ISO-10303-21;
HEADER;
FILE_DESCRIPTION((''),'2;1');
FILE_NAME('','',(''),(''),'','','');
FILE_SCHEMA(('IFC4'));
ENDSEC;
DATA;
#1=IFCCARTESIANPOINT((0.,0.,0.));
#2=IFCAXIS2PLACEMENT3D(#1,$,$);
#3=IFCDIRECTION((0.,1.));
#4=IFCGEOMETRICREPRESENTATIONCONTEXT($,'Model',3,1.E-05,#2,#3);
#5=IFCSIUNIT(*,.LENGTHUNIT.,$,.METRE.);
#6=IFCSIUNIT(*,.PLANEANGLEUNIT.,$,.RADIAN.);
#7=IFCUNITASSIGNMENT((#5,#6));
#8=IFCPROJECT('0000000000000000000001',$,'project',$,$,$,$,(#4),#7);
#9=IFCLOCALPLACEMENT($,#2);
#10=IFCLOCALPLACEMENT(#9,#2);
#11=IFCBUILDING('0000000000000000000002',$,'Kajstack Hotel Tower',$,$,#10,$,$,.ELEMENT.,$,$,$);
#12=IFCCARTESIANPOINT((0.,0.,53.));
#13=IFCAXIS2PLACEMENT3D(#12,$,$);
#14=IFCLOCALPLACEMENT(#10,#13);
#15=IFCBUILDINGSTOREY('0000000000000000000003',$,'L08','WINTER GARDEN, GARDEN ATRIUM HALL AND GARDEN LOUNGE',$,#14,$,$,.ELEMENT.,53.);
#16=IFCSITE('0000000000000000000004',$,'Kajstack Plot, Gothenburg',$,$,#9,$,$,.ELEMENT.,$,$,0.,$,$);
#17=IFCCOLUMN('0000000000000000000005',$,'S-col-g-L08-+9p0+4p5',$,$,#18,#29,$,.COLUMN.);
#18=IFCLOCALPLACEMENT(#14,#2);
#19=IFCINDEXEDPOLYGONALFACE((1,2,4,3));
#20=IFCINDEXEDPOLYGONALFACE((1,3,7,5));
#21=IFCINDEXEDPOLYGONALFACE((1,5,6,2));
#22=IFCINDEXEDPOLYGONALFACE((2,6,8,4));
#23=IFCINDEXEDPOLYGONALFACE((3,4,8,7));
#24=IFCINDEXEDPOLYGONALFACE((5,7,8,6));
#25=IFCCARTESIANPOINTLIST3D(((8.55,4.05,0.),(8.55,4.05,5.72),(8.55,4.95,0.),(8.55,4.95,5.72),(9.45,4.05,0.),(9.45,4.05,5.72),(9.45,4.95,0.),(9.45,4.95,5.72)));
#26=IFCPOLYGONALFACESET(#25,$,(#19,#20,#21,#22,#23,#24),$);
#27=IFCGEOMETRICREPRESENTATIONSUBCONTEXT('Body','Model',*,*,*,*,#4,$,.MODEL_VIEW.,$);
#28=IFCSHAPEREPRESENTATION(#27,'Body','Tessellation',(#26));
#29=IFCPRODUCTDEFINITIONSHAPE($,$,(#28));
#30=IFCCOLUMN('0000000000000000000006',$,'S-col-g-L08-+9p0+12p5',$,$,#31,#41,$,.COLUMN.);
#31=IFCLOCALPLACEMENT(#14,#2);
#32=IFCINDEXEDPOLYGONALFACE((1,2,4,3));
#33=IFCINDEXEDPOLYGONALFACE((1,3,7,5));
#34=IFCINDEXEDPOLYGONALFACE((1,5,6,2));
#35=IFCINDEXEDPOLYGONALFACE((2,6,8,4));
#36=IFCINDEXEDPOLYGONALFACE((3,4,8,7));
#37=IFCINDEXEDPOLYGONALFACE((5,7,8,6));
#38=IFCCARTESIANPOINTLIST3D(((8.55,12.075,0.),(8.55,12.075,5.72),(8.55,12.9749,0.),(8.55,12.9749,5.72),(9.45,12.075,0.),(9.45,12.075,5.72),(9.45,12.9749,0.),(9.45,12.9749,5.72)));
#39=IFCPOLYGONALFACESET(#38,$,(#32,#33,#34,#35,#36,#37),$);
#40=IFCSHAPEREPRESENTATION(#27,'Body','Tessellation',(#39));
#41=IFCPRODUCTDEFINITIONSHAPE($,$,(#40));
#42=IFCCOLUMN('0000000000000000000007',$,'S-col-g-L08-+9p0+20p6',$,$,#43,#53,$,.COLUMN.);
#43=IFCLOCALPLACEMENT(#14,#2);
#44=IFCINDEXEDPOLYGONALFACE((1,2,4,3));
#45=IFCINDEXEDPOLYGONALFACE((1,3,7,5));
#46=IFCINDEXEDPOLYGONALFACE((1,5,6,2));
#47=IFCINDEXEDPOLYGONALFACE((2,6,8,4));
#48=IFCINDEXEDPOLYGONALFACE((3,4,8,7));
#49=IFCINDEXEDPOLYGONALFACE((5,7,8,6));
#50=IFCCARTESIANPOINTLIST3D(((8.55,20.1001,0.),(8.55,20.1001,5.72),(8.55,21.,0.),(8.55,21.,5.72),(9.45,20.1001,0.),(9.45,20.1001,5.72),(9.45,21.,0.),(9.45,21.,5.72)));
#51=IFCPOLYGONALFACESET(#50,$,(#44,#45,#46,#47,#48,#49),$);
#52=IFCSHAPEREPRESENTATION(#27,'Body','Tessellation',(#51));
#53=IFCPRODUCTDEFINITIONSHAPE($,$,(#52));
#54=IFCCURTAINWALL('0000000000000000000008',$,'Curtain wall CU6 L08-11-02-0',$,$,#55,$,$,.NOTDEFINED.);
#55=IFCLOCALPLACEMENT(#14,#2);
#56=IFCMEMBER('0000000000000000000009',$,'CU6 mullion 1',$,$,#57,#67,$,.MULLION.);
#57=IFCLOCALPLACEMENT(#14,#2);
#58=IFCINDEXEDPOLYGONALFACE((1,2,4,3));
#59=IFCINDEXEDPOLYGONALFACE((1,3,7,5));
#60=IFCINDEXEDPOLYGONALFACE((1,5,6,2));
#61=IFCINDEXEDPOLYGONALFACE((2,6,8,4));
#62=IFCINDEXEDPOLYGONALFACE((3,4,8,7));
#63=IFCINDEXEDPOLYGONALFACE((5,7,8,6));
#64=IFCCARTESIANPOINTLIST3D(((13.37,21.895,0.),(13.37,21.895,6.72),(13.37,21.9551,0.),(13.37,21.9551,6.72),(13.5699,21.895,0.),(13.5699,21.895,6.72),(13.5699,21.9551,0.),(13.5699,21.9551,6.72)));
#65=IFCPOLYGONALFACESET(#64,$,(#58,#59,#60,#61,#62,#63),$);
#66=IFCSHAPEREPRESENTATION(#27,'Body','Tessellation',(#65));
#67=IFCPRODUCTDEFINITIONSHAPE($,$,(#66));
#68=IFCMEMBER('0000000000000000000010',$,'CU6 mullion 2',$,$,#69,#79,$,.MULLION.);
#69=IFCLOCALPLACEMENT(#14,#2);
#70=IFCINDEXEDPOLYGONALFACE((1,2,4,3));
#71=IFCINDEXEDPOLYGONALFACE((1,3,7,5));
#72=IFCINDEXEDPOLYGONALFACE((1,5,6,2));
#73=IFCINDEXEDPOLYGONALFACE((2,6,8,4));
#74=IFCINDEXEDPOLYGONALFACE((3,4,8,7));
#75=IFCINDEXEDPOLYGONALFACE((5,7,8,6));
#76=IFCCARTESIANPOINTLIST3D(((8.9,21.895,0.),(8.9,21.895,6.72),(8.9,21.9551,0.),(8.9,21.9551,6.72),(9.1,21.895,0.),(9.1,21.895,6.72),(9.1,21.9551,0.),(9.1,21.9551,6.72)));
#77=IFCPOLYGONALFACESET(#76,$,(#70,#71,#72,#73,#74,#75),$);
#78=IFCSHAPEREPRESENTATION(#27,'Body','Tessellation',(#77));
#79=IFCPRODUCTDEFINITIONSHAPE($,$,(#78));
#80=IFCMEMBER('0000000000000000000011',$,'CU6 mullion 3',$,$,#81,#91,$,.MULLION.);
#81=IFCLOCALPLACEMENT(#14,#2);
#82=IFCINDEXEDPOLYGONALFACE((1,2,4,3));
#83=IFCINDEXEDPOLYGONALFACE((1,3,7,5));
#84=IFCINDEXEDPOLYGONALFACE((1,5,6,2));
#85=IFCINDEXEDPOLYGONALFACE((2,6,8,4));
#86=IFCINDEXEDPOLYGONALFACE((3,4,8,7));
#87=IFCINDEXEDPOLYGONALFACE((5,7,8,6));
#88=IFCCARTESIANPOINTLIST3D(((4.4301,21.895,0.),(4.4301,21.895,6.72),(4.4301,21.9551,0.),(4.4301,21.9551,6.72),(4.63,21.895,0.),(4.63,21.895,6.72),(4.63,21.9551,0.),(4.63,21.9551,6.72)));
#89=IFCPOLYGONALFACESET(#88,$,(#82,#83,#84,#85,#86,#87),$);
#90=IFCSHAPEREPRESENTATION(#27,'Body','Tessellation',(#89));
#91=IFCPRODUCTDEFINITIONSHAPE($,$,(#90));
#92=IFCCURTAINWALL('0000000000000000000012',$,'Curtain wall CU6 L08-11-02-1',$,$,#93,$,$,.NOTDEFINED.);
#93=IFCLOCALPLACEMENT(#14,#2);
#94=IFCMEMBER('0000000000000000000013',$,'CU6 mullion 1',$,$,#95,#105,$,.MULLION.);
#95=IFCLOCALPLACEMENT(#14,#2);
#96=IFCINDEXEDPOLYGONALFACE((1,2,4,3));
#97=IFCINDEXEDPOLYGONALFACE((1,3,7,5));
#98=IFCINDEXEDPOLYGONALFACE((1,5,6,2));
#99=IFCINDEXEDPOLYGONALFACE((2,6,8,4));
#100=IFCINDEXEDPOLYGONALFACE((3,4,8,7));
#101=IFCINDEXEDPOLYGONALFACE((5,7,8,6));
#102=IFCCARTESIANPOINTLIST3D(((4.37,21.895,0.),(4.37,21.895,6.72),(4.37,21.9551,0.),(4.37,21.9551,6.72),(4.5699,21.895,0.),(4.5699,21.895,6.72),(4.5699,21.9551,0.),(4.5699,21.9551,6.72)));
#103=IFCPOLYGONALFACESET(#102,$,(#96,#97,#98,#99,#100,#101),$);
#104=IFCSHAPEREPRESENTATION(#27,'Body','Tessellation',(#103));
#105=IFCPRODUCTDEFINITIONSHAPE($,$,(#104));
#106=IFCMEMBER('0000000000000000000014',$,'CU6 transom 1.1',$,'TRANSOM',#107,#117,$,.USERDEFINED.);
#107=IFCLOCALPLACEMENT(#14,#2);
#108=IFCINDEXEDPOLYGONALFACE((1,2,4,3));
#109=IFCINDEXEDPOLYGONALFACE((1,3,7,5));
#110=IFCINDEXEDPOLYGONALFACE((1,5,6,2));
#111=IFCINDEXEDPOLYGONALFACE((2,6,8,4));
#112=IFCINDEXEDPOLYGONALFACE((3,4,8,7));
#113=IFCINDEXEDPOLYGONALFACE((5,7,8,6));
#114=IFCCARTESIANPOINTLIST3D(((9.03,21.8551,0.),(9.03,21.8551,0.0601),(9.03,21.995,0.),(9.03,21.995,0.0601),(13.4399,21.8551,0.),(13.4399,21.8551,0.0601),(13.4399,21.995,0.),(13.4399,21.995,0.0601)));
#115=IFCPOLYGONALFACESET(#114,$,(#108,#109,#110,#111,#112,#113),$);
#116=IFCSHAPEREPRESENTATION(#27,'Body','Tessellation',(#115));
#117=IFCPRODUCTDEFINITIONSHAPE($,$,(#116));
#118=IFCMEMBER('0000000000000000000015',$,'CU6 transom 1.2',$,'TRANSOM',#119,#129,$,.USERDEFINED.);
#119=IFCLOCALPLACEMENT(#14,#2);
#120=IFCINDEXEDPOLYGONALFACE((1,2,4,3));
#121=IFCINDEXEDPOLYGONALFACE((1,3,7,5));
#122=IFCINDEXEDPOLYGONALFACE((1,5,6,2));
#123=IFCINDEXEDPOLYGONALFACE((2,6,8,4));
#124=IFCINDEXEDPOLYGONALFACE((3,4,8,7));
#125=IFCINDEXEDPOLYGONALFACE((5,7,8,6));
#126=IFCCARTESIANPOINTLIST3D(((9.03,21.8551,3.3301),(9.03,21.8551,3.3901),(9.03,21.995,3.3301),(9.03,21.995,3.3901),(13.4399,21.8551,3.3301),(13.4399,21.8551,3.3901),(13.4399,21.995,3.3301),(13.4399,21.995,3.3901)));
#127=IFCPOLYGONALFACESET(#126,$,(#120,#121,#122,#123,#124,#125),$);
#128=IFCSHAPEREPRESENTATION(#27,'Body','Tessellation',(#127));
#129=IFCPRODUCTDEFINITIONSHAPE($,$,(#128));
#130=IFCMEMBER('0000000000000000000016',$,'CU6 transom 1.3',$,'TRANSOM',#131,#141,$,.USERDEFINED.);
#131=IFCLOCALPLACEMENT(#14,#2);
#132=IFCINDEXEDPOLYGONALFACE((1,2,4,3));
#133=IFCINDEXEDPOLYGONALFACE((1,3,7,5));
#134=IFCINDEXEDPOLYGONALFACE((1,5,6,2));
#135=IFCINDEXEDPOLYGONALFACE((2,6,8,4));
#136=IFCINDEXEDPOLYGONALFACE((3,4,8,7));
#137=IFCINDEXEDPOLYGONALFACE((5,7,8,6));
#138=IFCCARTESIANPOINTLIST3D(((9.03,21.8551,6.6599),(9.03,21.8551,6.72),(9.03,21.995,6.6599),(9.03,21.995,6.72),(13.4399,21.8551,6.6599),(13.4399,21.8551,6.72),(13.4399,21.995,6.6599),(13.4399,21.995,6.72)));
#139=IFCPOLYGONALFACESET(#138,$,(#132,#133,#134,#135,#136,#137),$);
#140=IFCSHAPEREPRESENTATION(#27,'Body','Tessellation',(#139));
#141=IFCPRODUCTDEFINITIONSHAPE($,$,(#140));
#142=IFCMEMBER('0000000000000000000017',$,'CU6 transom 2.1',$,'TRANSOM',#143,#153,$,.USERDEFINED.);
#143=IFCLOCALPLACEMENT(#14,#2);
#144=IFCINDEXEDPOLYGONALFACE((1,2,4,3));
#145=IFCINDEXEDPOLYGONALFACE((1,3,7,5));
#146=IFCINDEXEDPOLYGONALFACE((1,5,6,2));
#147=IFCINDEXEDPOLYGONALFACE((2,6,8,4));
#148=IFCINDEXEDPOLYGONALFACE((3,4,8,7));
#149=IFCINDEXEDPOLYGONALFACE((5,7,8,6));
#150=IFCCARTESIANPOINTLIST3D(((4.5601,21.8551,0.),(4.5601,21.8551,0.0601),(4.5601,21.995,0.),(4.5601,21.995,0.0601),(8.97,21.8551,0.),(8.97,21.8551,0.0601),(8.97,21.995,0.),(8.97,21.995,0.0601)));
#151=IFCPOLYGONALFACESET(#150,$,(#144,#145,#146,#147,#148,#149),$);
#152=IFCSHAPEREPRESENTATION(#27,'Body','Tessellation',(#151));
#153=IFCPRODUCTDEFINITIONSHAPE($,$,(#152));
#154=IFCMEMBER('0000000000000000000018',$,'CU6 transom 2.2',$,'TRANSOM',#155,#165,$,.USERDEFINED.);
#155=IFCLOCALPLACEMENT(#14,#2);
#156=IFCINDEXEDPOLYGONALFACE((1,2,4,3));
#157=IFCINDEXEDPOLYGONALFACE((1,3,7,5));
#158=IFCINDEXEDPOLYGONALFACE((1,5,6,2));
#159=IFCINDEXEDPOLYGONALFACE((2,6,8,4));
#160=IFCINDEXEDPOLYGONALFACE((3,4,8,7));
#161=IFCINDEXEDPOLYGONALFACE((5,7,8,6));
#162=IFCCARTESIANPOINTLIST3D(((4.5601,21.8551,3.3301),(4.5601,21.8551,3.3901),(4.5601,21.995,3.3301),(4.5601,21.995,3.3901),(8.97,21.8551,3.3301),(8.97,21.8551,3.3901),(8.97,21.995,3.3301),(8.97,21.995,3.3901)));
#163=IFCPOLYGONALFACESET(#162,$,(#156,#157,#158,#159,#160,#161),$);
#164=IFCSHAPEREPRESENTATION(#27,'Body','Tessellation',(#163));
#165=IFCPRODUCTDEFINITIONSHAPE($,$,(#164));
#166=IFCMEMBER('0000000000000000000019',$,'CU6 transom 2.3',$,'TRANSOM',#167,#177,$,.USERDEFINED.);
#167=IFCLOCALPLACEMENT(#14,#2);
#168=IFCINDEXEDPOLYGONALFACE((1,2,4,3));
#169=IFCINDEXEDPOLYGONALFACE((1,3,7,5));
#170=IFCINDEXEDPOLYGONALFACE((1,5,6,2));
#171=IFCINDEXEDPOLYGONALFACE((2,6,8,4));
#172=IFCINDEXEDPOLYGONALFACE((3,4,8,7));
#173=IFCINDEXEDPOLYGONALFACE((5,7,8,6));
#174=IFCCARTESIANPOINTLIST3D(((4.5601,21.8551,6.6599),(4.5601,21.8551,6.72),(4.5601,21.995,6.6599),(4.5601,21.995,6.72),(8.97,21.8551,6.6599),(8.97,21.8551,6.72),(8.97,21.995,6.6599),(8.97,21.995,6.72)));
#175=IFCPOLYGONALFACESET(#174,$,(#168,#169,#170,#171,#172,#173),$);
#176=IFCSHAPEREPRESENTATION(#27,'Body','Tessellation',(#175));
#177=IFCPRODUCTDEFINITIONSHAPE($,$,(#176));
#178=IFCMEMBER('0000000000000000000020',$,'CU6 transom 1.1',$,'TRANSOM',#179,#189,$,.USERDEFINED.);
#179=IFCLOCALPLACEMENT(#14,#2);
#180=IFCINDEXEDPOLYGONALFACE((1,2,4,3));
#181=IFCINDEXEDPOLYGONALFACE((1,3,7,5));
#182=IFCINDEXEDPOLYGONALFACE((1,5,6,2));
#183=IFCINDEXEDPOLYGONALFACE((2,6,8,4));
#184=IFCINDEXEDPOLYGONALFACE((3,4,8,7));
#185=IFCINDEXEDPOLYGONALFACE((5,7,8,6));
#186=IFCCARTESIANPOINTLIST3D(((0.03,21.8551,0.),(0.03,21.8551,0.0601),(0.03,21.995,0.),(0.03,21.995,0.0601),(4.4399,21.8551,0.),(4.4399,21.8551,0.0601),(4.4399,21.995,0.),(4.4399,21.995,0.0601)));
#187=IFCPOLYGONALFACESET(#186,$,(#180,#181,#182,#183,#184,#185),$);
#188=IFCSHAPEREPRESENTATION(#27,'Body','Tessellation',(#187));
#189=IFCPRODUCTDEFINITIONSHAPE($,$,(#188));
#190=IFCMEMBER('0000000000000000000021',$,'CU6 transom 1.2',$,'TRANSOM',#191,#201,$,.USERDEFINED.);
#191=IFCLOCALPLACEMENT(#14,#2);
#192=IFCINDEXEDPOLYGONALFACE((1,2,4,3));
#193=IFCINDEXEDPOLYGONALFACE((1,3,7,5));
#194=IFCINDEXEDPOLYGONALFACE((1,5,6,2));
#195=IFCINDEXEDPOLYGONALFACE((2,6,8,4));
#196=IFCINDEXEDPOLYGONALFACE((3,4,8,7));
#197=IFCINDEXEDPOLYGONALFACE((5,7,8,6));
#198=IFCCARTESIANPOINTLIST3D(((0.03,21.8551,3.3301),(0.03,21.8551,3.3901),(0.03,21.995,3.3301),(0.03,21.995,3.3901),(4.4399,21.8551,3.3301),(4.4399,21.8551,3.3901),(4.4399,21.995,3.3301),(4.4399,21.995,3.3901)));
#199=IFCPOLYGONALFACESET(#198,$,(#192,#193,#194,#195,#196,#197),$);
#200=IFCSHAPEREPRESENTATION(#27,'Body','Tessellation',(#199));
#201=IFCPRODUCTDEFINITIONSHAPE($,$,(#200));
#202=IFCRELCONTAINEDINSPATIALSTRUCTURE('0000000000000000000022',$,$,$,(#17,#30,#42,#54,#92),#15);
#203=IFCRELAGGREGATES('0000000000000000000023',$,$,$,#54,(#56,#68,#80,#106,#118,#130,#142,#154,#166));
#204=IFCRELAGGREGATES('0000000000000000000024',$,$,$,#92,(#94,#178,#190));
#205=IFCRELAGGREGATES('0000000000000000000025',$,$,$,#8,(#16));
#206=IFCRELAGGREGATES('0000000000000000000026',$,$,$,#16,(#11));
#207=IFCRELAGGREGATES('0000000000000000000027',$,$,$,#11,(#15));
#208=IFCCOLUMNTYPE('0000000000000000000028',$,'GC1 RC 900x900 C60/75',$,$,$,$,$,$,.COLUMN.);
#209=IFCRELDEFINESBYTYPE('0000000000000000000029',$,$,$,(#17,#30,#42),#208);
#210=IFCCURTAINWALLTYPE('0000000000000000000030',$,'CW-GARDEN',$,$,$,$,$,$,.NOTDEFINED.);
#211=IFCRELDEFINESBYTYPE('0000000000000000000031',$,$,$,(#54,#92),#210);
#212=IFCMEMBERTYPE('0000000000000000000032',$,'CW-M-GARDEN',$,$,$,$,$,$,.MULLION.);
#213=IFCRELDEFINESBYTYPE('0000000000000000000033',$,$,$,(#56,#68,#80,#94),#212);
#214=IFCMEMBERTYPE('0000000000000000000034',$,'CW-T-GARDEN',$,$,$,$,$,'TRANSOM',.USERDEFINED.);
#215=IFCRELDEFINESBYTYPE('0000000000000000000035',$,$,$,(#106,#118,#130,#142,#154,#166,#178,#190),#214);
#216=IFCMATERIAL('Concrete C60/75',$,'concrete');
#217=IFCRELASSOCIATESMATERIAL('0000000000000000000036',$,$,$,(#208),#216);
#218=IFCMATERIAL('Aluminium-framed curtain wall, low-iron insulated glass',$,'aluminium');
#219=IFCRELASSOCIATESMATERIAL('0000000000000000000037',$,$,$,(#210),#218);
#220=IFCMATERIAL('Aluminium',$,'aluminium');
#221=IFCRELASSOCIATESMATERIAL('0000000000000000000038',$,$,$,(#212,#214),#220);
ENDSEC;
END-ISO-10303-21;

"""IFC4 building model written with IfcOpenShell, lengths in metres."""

from ifc_helpers import new_model, si_unit, direction, frame, origin, origin_2d, place, context, subcontext, project, spatial, rectangle, extrude, material, material_profile, profile_set, type_object, element, aggregate, save


model = new_model("IFC4")

# Units and contexts
model_context = context("Model", 3, precision=1e-05, world=origin(), true_north=direction((0.0, 1.0)))
body_context = subcontext(model_context, "Body", "Model", "MODEL_VIEW")
ifc_project = project(units=[si_unit("LENGTHUNIT", "METRE"), si_unit("PLANEANGLEUNIT", "RADIAN")], contexts=[model_context])

# Site, building, storey
site_placement = place(None, origin())
site = spatial("IfcSite", under=ifc_project, at=site_placement, Name="Kajstack Plot, Gothenburg", CompositionType="ELEMENT", RefElevation=0.0)
building_placement = place(site_placement, origin())
building = spatial("IfcBuilding", under=site, at=building_placement, Name="Kajstack Hotel Tower", CompositionType="ELEMENT")
storey_placement = place(building_placement, frame((0.0, 0.0, 53.0)))
storey = spatial("IfcBuildingStorey", under=building, at=storey_placement, Name="L08", Description="WINTER GARDEN, GARDEN ATRIUM HALL AND GARDEN LOUNGE", CompositionType="ELEMENT", Elevation=53.0)

# Columns
ifc_material_1 = material(Name="Concrete C60/75", Category="concrete")
ifc_material_profile_1 = material_profile(ifc_material_1, rectangle(XDim=0.8999, YDim=0.8999, at=origin_2d()), Name="RC 900x900")
ifc_profile_set_1 = profile_set([ifc_material_profile_1], Name="Concrete C60/75")
column_type = type_object("IfcColumnType", Name="GC1 RC 900x900 C60/75", PredefinedType="COLUMN", material=ifc_profile_set_1)
for number, where, z_axis, x_axis, name in (
    (1, (9.0, 4.5, 0.0), (0.0, 0.0, 1.0), (1.0, 0.0, 0.0), "S-col-g-L08-+9p0+4p5"),
    (2, (9.0, 12.5249, 0.0), (0.0, 0.0, 1.0), (1.0, 0.0, 0.0), "S-col-g-L08-+9p0+12p5"),
    (3, (9.0, 20.55, 0.0), (0.0, 0.0, 1.0), (1.0, 0.0, 0.0), "S-col-g-L08-+9p0+20p6"),
):
    element("IfcColumn", number, at=place(storey_placement, frame(where, z_axis=z_axis, x_axis=x_axis)), inside=storey, type_object=column_type, Name=name, PredefinedType="COLUMN", context=body_context, shape_type="SweptSolid", body=[
        extrude(rectangle(XDim=0.8999, YDim=0.8999, at=origin_2d()), origin(), (0.0, 0.0, 1.0), 5.72),
    ])

# Curtain wall, members
ifc_material_2 = material(Name="Aluminium-framed curtain wall, low-iron insulated glass", Category="aluminium")
curtain_wall_type = type_object("IfcCurtainWallType", Name="CW-GARDEN", PredefinedType="NOTDEFINED", material=ifc_material_2)
curtain_wall_1_placement = place(storey_placement, origin())
curtain_wall_1 = element("IfcCurtainWall", 4, at=curtain_wall_1_placement, inside=storey, type_object=curtain_wall_type, Name="Curtain wall CU6 L08-11-02-0", PredefinedType="NOTDEFINED")
ifc_material_3 = material(Name="Aluminium", Category="aluminium")
ifc_material_profile_2 = material_profile(ifc_material_3, rectangle(XDim=0.0601, YDim=0.2, at=origin_2d()), Name="Aluminium mullion 60 x 200")
ifc_profile_set_2 = profile_set([ifc_material_profile_2], Name="Aluminium")
member_type_1 = type_object("IfcMemberType", Name="CW-M-GARDEN", PredefinedType="MULLION", material=ifc_profile_set_2)
member_1_placement = place(storey_placement, frame((13.47, 21.925, 0.0), z_axis=(0.0, 0.0, 1.0), x_axis=(0.0, -1.0, 0.0)))
member_1 = element("IfcMember", 5, at=member_1_placement, type_object=member_type_1, Name="CU6 mullion 1", PredefinedType="MULLION", context=body_context, shape_type="SweptSolid", body=[
    extrude(rectangle(XDim=0.0601, YDim=0.2, at=origin_2d()), origin(), (0.0, 0.0, 1.0), 6.72),
])
member_2_placement = place(storey_placement, frame((9.0, 21.925, 0.0), z_axis=(0.0, 0.0, 1.0), x_axis=(0.0, -1.0, 0.0)))
member_2 = element("IfcMember", 6, at=member_2_placement, type_object=member_type_1, Name="CU6 mullion 2", PredefinedType="MULLION", context=body_context, shape_type="SweptSolid", body=[
    extrude(rectangle(XDim=0.0601, YDim=0.2, at=origin_2d()), origin(), (0.0, 0.0, 1.0), 6.72),
])
member_3_placement = place(storey_placement, frame((4.53, 21.925, 0.0), z_axis=(0.0, 0.0, 1.0), x_axis=(0.0, -1.0, 0.0)))
member_3 = element("IfcMember", 7, at=member_3_placement, type_object=member_type_1, Name="CU6 mullion 3", PredefinedType="MULLION", context=body_context, shape_type="SweptSolid", body=[
    extrude(rectangle(XDim=0.0601, YDim=0.2, at=origin_2d()), origin(), (0.0, 0.0, 1.0), 6.72),
])

# Curtain wall, member
curtain_wall_2_placement = place(storey_placement, origin())
curtain_wall_2 = element("IfcCurtainWall", 8, at=curtain_wall_2_placement, inside=storey, type_object=curtain_wall_type, Name="Curtain wall CU6 L08-11-02-1", PredefinedType="NOTDEFINED")
member_4_placement = place(storey_placement, frame((4.47, 21.925, 0.0), z_axis=(0.0, 0.0, 1.0), x_axis=(0.0, -1.0, 0.0)))
member_4 = element("IfcMember", 9, at=member_4_placement, type_object=member_type_1, Name="CU6 mullion 1", PredefinedType="MULLION", context=body_context, shape_type="SweptSolid", body=[
    extrude(rectangle(XDim=0.0601, YDim=0.2, at=origin_2d()), origin(), (0.0, 0.0, 1.0), 6.72),
])

# Members
ifc_material_profile_3 = material_profile(ifc_material_3, rectangle(XDim=0.1399, YDim=0.0601, at=origin_2d()), Name="Aluminium transom 140 x 60")
ifc_profile_set_3 = profile_set([ifc_material_profile_3], Name="Aluminium")
member_type_2 = type_object("IfcMemberType", Name="CW-T-GARDEN", ElementType="TRANSOM", PredefinedType="USERDEFINED", material=ifc_profile_set_3)
member_5_placement = place(storey_placement, frame((13.4399, 21.925, 0.03), z_axis=(-1.0, 0.0, 0.0), x_axis=(0.0, -1.0, 0.0)))
member_5 = element("IfcMember", 10, at=member_5_placement, type_object=member_type_2, Name="CU6 transom 1.1", ObjectType="TRANSOM", PredefinedType="USERDEFINED", context=body_context, shape_type="SweptSolid", body=[
    extrude(rectangle(XDim=0.1399, YDim=0.0601, at=origin_2d()), origin(), (0.0, 0.0, 1.0), 4.4099),
])
member_6_placement = place(storey_placement, frame((13.4399, 21.925, 3.3601), z_axis=(-1.0, 0.0, 0.0), x_axis=(0.0, -1.0, 0.0)))
member_6 = element("IfcMember", 11, at=member_6_placement, type_object=member_type_2, Name="CU6 transom 1.2", ObjectType="TRANSOM", PredefinedType="USERDEFINED", context=body_context, shape_type="SweptSolid", body=[
    extrude(rectangle(XDim=0.1399, YDim=0.0601, at=origin_2d()), origin(), (0.0, 0.0, 1.0), 4.4099),
])
member_7_placement = place(storey_placement, frame((13.4399, 21.925, 6.6899), z_axis=(-1.0, 0.0, 0.0), x_axis=(0.0, -1.0, 0.0)))
member_7 = element("IfcMember", 12, at=member_7_placement, type_object=member_type_2, Name="CU6 transom 1.3", ObjectType="TRANSOM", PredefinedType="USERDEFINED", context=body_context, shape_type="SweptSolid", body=[
    extrude(rectangle(XDim=0.1399, YDim=0.0601, at=origin_2d()), origin(), (0.0, 0.0, 1.0), 4.4099),
])
member_8_placement = place(storey_placement, frame((8.97, 21.925, 0.03), z_axis=(-1.0, 0.0, 0.0), x_axis=(0.0, -1.0, 0.0)))
member_8 = element("IfcMember", 13, at=member_8_placement, type_object=member_type_2, Name="CU6 transom 2.1", ObjectType="TRANSOM", PredefinedType="USERDEFINED", context=body_context, shape_type="SweptSolid", body=[
    extrude(rectangle(XDim=0.1399, YDim=0.0601, at=origin_2d()), origin(), (0.0, 0.0, 1.0), 4.4099),
])
member_9_placement = place(storey_placement, frame((8.97, 21.925, 3.3601), z_axis=(-1.0, 0.0, 0.0), x_axis=(0.0, -1.0, 0.0)))
member_9 = element("IfcMember", 14, at=member_9_placement, type_object=member_type_2, Name="CU6 transom 2.2", ObjectType="TRANSOM", PredefinedType="USERDEFINED", context=body_context, shape_type="SweptSolid", body=[
    extrude(rectangle(XDim=0.1399, YDim=0.0601, at=origin_2d()), origin(), (0.0, 0.0, 1.0), 4.4099),
])
member_10_placement = place(storey_placement, frame((8.97, 21.925, 6.6899), z_axis=(-1.0, 0.0, 0.0), x_axis=(0.0, -1.0, 0.0)))
member_10 = element("IfcMember", 15, at=member_10_placement, type_object=member_type_2, Name="CU6 transom 2.3", ObjectType="TRANSOM", PredefinedType="USERDEFINED", context=body_context, shape_type="SweptSolid", body=[
    extrude(rectangle(XDim=0.1399, YDim=0.0601, at=origin_2d()), origin(), (0.0, 0.0, 1.0), 4.4099),
])
member_11_placement = place(storey_placement, frame((4.4399, 21.925, 0.03), z_axis=(-1.0, 0.0, 0.0), x_axis=(0.0, -1.0, 0.0)))
member_11 = element("IfcMember", 16, at=member_11_placement, type_object=member_type_2, Name="CU6 transom 1.1", ObjectType="TRANSOM", PredefinedType="USERDEFINED", context=body_context, shape_type="SweptSolid", body=[
    extrude(rectangle(XDim=0.1399, YDim=0.0601, at=origin_2d()), origin(), (0.0, 0.0, 1.0), 4.4099),
])
member_12_placement = place(storey_placement, frame((4.4399, 21.925, 3.3601), z_axis=(-1.0, 0.0, 0.0), x_axis=(0.0, -1.0, 0.0)))
member_12 = element("IfcMember", 17, at=member_12_placement, type_object=member_type_2, Name="CU6 transom 1.2", ObjectType="TRANSOM", PredefinedType="USERDEFINED", context=body_context, shape_type="SweptSolid", body=[
    extrude(rectangle(XDim=0.1399, YDim=0.0601, at=origin_2d()), origin(), (0.0, 0.0, 1.0), 4.4099),
])

aggregate(curtain_wall_1, [member_1, member_2, member_3, member_5, member_6, member_7, member_8, member_9, member_10])
aggregate(curtain_wall_2, [member_4, member_11, member_12])

save(model, "model.ifc")
